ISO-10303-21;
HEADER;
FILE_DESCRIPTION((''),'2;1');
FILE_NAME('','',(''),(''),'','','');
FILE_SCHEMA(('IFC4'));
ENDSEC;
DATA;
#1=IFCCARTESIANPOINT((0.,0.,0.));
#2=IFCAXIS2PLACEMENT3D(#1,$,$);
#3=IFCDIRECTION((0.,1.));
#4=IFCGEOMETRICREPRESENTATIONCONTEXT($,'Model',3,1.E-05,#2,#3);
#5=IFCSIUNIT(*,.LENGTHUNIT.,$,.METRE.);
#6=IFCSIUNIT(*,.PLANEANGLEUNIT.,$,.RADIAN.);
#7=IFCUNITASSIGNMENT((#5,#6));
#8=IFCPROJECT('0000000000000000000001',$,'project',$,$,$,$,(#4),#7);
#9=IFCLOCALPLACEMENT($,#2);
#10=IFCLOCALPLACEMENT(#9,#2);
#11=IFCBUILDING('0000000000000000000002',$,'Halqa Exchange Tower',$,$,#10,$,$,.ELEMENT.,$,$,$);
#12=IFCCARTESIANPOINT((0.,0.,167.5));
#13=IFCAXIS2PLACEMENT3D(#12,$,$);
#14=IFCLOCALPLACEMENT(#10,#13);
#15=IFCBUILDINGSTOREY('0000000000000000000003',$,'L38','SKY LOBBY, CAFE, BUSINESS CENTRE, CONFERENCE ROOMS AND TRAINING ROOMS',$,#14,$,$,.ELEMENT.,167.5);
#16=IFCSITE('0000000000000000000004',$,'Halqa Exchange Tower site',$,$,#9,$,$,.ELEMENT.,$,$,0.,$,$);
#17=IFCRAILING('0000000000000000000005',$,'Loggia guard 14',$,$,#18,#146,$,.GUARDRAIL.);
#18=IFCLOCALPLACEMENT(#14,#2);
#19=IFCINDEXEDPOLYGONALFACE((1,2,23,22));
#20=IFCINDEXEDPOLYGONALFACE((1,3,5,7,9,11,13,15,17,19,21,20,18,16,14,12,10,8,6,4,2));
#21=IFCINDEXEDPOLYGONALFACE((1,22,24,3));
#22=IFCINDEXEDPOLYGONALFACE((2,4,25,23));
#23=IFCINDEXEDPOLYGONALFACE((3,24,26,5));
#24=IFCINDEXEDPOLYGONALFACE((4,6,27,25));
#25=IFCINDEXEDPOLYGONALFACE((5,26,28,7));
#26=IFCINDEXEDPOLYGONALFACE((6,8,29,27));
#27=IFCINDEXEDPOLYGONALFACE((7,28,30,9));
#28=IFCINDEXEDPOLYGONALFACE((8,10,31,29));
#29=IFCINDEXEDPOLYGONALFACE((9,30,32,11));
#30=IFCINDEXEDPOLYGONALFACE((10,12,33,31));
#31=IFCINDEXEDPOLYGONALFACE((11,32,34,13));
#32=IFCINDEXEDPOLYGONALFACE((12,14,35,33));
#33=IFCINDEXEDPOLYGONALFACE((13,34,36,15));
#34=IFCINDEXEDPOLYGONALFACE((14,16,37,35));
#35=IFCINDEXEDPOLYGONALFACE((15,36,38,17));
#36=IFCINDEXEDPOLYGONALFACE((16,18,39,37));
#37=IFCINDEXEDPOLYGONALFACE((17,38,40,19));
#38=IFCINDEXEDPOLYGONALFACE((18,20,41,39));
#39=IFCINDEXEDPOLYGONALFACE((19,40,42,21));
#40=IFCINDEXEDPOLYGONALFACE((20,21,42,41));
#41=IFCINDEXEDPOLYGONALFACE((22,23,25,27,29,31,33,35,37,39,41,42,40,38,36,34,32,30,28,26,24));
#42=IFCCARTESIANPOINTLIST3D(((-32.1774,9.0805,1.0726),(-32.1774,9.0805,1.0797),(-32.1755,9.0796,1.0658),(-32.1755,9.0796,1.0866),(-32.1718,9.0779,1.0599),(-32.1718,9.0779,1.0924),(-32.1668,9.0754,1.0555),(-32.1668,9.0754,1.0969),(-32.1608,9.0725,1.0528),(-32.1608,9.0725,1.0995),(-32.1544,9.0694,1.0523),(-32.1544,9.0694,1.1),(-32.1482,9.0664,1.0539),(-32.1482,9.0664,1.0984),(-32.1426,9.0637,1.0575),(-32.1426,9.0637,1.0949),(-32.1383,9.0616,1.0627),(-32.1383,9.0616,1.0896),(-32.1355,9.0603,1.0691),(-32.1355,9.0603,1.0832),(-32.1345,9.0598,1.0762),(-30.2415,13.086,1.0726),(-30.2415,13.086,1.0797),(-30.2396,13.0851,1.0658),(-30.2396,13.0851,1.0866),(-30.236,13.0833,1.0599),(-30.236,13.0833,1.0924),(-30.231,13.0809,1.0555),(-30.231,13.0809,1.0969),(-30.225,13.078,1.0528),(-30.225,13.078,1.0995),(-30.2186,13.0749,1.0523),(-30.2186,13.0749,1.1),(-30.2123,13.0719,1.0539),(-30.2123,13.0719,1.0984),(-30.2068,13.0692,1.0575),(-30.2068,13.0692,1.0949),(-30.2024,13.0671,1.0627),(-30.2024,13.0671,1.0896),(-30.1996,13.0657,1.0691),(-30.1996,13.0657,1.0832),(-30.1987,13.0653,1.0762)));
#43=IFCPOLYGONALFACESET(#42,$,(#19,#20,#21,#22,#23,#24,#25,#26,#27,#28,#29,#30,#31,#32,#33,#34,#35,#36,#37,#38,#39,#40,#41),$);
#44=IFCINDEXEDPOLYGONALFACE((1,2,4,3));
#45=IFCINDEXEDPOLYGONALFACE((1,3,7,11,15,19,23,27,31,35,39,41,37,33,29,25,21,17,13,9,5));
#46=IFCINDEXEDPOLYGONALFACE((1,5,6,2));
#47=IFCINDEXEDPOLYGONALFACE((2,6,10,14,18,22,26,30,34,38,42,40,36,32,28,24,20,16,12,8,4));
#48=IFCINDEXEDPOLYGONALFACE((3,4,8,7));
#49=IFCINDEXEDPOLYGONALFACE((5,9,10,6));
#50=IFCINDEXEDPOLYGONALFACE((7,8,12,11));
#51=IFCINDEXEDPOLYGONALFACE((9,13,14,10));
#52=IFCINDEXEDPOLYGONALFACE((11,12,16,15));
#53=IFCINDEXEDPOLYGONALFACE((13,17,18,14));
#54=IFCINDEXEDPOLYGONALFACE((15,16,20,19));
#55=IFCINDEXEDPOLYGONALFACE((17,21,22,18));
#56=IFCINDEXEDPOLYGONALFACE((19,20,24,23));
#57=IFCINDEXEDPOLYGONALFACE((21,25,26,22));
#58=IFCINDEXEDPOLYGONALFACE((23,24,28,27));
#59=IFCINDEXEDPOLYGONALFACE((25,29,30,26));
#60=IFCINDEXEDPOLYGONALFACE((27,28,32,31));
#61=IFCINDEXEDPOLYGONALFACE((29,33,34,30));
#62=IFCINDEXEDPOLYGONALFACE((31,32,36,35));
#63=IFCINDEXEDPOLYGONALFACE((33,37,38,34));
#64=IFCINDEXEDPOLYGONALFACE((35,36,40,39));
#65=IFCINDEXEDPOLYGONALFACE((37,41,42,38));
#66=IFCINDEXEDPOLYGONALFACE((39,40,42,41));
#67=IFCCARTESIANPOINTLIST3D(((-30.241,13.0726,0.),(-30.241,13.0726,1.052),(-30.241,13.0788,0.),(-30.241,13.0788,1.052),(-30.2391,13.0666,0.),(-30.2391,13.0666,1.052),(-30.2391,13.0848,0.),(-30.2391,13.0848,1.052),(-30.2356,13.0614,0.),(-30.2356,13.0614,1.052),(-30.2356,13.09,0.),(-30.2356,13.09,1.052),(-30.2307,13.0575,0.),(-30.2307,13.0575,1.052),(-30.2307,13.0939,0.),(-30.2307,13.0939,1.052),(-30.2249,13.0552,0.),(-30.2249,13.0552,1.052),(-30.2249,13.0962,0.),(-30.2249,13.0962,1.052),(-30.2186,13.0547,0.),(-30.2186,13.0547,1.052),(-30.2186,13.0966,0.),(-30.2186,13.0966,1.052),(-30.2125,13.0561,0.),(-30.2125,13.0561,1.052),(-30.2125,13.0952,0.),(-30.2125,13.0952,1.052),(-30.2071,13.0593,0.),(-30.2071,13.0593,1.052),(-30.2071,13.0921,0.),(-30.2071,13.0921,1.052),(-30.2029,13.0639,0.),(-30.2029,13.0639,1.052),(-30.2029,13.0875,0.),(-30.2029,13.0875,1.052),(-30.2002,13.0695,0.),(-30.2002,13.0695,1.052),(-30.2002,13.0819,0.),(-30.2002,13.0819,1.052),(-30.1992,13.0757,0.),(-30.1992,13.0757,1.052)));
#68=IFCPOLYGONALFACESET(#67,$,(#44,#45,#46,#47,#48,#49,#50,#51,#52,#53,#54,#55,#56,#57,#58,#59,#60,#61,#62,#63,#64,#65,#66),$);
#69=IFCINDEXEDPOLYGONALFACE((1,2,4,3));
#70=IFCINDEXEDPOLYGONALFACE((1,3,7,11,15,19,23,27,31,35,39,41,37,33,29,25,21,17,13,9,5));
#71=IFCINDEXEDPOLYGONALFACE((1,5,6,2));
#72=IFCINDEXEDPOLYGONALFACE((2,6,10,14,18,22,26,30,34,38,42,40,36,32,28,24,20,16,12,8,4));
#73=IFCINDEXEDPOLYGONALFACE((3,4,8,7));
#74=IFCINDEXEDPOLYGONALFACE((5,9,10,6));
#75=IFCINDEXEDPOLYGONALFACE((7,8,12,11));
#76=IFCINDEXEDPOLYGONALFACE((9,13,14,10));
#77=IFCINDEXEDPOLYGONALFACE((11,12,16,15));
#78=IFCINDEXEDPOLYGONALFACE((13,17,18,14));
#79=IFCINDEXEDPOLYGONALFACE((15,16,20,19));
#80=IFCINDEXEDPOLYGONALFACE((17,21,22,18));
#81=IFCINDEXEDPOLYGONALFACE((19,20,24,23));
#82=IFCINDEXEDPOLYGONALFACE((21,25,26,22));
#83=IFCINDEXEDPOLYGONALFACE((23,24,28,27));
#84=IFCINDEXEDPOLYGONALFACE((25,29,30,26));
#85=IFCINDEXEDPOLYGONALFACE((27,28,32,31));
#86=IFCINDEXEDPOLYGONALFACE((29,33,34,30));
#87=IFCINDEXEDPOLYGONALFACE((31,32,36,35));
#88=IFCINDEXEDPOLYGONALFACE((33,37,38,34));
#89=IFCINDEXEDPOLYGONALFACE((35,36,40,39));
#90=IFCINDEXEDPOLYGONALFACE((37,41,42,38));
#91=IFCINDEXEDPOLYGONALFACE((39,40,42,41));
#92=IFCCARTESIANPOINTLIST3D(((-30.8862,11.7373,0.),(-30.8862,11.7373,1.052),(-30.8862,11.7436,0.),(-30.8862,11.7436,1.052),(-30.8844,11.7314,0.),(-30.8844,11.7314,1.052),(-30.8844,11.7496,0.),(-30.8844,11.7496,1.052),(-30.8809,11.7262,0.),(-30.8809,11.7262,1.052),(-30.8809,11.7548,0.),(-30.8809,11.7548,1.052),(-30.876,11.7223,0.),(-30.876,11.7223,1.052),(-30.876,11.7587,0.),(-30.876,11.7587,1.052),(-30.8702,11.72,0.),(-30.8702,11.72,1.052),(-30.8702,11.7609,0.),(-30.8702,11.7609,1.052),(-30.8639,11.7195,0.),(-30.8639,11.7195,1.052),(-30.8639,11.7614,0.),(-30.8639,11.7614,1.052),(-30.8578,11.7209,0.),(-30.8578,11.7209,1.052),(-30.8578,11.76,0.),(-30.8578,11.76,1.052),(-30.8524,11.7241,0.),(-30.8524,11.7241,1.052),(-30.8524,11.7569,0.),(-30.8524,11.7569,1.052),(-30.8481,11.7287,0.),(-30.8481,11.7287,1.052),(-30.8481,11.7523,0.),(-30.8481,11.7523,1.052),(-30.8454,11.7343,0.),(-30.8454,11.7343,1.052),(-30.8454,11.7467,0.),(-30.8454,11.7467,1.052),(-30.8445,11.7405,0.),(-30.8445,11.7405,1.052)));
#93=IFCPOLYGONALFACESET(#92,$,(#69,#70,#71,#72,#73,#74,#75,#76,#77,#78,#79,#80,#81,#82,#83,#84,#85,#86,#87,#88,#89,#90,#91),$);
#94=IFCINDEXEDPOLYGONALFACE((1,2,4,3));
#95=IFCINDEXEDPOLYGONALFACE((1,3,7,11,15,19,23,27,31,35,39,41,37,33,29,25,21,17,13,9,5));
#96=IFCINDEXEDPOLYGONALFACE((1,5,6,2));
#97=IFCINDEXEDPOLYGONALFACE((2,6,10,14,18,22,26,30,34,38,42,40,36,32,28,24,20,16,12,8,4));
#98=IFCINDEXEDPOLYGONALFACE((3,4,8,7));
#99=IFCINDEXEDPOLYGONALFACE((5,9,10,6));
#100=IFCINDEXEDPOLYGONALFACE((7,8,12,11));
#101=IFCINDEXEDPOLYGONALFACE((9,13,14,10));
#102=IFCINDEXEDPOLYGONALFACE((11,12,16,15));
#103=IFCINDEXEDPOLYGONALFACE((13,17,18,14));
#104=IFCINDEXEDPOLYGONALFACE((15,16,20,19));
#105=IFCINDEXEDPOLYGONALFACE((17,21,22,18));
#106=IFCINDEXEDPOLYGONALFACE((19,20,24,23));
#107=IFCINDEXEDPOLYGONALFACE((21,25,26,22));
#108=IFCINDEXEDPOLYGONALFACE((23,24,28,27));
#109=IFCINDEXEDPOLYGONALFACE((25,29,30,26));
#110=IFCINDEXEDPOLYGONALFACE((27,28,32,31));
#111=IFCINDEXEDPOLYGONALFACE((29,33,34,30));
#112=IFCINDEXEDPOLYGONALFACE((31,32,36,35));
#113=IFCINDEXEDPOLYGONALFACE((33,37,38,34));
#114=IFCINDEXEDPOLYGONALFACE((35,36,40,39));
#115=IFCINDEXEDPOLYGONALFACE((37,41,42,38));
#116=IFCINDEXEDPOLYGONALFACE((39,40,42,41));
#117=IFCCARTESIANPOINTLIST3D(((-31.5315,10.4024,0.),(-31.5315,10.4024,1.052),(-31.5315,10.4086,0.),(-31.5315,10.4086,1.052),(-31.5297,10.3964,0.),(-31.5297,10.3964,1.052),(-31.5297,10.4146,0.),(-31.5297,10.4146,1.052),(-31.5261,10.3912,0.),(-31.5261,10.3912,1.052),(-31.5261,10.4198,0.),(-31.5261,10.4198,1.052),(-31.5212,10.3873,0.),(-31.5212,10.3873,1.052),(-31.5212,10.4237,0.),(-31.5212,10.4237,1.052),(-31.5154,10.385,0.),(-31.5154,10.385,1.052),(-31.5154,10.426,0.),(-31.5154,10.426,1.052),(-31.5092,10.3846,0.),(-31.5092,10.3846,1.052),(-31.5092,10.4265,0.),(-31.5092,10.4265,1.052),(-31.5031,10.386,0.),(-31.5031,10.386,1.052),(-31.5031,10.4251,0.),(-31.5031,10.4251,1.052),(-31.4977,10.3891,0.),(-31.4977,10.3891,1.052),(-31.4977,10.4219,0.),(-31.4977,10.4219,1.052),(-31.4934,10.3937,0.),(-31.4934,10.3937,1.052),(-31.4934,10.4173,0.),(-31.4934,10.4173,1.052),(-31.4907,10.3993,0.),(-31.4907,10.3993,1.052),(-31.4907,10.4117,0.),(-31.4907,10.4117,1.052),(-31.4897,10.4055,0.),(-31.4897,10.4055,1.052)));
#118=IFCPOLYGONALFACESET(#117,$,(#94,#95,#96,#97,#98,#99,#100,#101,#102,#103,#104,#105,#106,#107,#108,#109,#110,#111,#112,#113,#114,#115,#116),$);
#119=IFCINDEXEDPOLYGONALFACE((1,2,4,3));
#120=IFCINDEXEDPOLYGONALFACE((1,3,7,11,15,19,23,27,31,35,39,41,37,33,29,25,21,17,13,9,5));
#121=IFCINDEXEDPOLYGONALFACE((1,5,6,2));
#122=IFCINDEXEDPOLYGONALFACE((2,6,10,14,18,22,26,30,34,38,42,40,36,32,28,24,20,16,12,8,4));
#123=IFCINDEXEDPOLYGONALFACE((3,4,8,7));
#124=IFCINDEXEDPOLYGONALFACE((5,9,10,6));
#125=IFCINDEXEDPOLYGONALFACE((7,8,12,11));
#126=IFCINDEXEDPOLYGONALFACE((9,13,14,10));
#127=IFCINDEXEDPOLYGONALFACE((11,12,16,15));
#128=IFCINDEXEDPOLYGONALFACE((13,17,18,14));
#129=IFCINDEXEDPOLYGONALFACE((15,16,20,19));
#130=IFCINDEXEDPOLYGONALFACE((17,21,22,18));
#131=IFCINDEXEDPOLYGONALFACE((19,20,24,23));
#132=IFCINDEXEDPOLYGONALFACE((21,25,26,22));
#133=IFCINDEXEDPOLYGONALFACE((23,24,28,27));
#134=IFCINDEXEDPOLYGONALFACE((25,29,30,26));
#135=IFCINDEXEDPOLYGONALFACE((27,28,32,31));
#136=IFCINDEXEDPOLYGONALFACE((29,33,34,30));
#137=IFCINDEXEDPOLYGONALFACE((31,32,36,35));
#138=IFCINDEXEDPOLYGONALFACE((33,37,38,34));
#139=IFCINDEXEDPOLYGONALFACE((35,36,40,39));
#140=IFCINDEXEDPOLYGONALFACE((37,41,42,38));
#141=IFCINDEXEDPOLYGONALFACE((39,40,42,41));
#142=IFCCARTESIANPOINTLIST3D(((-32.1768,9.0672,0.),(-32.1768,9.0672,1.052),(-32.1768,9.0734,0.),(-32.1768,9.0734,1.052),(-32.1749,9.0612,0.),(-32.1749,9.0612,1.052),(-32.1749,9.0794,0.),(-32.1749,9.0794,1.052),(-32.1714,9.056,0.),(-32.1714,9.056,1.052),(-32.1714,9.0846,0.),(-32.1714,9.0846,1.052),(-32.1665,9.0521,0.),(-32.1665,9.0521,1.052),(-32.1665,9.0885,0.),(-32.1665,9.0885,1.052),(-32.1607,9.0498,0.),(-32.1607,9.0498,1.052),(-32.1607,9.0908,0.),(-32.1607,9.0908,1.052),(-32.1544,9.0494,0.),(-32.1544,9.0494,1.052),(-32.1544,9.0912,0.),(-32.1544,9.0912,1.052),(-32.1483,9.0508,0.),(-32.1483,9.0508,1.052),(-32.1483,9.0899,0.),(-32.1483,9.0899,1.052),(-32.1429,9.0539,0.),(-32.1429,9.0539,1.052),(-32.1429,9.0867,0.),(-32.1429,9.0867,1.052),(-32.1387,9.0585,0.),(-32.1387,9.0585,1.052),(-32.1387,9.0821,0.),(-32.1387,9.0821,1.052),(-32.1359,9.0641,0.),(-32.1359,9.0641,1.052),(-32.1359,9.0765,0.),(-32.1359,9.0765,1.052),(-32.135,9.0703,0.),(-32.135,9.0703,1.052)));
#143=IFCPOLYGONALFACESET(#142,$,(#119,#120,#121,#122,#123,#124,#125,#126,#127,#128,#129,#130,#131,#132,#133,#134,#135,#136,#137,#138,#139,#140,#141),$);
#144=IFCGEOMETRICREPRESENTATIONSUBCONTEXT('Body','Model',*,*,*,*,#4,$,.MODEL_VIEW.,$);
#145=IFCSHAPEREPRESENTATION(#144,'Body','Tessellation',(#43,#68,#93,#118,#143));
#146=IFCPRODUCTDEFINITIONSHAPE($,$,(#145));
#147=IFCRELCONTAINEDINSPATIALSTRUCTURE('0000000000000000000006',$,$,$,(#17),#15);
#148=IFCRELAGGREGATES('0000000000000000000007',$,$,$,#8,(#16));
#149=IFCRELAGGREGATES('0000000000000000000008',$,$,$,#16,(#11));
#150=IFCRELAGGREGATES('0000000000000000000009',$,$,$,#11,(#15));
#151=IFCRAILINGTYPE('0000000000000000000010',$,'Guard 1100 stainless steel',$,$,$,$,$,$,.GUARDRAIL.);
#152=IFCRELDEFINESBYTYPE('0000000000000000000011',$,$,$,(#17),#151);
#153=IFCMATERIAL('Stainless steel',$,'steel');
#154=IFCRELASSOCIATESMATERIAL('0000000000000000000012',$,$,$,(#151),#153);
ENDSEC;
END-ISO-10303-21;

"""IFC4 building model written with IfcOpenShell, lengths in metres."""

from ifc_helpers import new_model, si_unit, direction, frame, origin, origin_2d, place, context, subcontext, project, spatial, circle, extrude, material, type_object, element, save


model = new_model("IFC4")

# Units and contexts
model_context = context("Model", 3, precision=1e-05, world=origin(), true_north=direction((0.0, 1.0)))
body_context = subcontext(model_context, "Body", "Model", "MODEL_VIEW")
ifc_project = project(units=[si_unit("LENGTHUNIT", "METRE"), si_unit("PLANEANGLEUNIT", "RADIAN")], contexts=[model_context])

# Site, building, storey
site_placement = place(None, origin())
site = spatial("IfcSite", under=ifc_project, at=site_placement, Name="Halqa Exchange Tower site", CompositionType="ELEMENT", RefElevation=0.0)
building_placement = place(site_placement, origin())
building = spatial("IfcBuilding", under=site, at=building_placement, Name="Halqa Exchange Tower", CompositionType="ELEMENT")
storey_placement = place(building_placement, frame((0.0, 0.0, 167.5)))
storey = spatial("IfcBuildingStorey", under=building, at=storey_placement, Name="L38", Description="SKY LOBBY, CAFE, BUSINESS CENTRE, CONFERENCE ROOMS AND TRAINING ROOMS", CompositionType="ELEMENT", Elevation=167.5)

# Railing
ifc_material_1 = material(Name="Stainless steel", Category="steel")
railing_type = type_object("IfcRailingType", Name="Guard 1100 stainless steel", PredefinedType="GUARDRAIL", material=ifc_material_1)
railing_1_placement = place(storey_placement, frame((-30.2202, 13.0757, 0.0)))
element("IfcRailing", 1, at=railing_1_placement, inside=storey, type_object=railing_type, Name="Loggia guard 14", PredefinedType="GUARDRAIL", context=body_context, shape_type="SweptSolid", body=[
    extrude(circle(Radius=0.0239, at=origin_2d()), frame((0.0, 0.0, 1.0762), z_axis=(-0.435143, -0.900361, 0.0), x_axis=(0.900361, -0.435143, 0.0)), (0.0, 0.0, 1.0), 4.4487),
    extrude(circle(Radius=0.021, at=origin_2d()), origin(), (0.0, 0.0, 1.0), 1.052),
    extrude(circle(Radius=0.021, at=origin_2d()), frame((-0.6453, -1.3352, 0.0)), (0.0, 0.0, 1.0), 1.052),
    extrude(circle(Radius=0.021, at=origin_2d()), frame((-1.2905, -2.6702, 0.0)), (0.0, 0.0, 1.0), 1.052),
    extrude(circle(Radius=0.021, at=origin_2d()), frame((-1.9358, -4.0054, 0.0)), (0.0, 0.0, 1.0), 1.052),
])

save(model, "model.ifc")
